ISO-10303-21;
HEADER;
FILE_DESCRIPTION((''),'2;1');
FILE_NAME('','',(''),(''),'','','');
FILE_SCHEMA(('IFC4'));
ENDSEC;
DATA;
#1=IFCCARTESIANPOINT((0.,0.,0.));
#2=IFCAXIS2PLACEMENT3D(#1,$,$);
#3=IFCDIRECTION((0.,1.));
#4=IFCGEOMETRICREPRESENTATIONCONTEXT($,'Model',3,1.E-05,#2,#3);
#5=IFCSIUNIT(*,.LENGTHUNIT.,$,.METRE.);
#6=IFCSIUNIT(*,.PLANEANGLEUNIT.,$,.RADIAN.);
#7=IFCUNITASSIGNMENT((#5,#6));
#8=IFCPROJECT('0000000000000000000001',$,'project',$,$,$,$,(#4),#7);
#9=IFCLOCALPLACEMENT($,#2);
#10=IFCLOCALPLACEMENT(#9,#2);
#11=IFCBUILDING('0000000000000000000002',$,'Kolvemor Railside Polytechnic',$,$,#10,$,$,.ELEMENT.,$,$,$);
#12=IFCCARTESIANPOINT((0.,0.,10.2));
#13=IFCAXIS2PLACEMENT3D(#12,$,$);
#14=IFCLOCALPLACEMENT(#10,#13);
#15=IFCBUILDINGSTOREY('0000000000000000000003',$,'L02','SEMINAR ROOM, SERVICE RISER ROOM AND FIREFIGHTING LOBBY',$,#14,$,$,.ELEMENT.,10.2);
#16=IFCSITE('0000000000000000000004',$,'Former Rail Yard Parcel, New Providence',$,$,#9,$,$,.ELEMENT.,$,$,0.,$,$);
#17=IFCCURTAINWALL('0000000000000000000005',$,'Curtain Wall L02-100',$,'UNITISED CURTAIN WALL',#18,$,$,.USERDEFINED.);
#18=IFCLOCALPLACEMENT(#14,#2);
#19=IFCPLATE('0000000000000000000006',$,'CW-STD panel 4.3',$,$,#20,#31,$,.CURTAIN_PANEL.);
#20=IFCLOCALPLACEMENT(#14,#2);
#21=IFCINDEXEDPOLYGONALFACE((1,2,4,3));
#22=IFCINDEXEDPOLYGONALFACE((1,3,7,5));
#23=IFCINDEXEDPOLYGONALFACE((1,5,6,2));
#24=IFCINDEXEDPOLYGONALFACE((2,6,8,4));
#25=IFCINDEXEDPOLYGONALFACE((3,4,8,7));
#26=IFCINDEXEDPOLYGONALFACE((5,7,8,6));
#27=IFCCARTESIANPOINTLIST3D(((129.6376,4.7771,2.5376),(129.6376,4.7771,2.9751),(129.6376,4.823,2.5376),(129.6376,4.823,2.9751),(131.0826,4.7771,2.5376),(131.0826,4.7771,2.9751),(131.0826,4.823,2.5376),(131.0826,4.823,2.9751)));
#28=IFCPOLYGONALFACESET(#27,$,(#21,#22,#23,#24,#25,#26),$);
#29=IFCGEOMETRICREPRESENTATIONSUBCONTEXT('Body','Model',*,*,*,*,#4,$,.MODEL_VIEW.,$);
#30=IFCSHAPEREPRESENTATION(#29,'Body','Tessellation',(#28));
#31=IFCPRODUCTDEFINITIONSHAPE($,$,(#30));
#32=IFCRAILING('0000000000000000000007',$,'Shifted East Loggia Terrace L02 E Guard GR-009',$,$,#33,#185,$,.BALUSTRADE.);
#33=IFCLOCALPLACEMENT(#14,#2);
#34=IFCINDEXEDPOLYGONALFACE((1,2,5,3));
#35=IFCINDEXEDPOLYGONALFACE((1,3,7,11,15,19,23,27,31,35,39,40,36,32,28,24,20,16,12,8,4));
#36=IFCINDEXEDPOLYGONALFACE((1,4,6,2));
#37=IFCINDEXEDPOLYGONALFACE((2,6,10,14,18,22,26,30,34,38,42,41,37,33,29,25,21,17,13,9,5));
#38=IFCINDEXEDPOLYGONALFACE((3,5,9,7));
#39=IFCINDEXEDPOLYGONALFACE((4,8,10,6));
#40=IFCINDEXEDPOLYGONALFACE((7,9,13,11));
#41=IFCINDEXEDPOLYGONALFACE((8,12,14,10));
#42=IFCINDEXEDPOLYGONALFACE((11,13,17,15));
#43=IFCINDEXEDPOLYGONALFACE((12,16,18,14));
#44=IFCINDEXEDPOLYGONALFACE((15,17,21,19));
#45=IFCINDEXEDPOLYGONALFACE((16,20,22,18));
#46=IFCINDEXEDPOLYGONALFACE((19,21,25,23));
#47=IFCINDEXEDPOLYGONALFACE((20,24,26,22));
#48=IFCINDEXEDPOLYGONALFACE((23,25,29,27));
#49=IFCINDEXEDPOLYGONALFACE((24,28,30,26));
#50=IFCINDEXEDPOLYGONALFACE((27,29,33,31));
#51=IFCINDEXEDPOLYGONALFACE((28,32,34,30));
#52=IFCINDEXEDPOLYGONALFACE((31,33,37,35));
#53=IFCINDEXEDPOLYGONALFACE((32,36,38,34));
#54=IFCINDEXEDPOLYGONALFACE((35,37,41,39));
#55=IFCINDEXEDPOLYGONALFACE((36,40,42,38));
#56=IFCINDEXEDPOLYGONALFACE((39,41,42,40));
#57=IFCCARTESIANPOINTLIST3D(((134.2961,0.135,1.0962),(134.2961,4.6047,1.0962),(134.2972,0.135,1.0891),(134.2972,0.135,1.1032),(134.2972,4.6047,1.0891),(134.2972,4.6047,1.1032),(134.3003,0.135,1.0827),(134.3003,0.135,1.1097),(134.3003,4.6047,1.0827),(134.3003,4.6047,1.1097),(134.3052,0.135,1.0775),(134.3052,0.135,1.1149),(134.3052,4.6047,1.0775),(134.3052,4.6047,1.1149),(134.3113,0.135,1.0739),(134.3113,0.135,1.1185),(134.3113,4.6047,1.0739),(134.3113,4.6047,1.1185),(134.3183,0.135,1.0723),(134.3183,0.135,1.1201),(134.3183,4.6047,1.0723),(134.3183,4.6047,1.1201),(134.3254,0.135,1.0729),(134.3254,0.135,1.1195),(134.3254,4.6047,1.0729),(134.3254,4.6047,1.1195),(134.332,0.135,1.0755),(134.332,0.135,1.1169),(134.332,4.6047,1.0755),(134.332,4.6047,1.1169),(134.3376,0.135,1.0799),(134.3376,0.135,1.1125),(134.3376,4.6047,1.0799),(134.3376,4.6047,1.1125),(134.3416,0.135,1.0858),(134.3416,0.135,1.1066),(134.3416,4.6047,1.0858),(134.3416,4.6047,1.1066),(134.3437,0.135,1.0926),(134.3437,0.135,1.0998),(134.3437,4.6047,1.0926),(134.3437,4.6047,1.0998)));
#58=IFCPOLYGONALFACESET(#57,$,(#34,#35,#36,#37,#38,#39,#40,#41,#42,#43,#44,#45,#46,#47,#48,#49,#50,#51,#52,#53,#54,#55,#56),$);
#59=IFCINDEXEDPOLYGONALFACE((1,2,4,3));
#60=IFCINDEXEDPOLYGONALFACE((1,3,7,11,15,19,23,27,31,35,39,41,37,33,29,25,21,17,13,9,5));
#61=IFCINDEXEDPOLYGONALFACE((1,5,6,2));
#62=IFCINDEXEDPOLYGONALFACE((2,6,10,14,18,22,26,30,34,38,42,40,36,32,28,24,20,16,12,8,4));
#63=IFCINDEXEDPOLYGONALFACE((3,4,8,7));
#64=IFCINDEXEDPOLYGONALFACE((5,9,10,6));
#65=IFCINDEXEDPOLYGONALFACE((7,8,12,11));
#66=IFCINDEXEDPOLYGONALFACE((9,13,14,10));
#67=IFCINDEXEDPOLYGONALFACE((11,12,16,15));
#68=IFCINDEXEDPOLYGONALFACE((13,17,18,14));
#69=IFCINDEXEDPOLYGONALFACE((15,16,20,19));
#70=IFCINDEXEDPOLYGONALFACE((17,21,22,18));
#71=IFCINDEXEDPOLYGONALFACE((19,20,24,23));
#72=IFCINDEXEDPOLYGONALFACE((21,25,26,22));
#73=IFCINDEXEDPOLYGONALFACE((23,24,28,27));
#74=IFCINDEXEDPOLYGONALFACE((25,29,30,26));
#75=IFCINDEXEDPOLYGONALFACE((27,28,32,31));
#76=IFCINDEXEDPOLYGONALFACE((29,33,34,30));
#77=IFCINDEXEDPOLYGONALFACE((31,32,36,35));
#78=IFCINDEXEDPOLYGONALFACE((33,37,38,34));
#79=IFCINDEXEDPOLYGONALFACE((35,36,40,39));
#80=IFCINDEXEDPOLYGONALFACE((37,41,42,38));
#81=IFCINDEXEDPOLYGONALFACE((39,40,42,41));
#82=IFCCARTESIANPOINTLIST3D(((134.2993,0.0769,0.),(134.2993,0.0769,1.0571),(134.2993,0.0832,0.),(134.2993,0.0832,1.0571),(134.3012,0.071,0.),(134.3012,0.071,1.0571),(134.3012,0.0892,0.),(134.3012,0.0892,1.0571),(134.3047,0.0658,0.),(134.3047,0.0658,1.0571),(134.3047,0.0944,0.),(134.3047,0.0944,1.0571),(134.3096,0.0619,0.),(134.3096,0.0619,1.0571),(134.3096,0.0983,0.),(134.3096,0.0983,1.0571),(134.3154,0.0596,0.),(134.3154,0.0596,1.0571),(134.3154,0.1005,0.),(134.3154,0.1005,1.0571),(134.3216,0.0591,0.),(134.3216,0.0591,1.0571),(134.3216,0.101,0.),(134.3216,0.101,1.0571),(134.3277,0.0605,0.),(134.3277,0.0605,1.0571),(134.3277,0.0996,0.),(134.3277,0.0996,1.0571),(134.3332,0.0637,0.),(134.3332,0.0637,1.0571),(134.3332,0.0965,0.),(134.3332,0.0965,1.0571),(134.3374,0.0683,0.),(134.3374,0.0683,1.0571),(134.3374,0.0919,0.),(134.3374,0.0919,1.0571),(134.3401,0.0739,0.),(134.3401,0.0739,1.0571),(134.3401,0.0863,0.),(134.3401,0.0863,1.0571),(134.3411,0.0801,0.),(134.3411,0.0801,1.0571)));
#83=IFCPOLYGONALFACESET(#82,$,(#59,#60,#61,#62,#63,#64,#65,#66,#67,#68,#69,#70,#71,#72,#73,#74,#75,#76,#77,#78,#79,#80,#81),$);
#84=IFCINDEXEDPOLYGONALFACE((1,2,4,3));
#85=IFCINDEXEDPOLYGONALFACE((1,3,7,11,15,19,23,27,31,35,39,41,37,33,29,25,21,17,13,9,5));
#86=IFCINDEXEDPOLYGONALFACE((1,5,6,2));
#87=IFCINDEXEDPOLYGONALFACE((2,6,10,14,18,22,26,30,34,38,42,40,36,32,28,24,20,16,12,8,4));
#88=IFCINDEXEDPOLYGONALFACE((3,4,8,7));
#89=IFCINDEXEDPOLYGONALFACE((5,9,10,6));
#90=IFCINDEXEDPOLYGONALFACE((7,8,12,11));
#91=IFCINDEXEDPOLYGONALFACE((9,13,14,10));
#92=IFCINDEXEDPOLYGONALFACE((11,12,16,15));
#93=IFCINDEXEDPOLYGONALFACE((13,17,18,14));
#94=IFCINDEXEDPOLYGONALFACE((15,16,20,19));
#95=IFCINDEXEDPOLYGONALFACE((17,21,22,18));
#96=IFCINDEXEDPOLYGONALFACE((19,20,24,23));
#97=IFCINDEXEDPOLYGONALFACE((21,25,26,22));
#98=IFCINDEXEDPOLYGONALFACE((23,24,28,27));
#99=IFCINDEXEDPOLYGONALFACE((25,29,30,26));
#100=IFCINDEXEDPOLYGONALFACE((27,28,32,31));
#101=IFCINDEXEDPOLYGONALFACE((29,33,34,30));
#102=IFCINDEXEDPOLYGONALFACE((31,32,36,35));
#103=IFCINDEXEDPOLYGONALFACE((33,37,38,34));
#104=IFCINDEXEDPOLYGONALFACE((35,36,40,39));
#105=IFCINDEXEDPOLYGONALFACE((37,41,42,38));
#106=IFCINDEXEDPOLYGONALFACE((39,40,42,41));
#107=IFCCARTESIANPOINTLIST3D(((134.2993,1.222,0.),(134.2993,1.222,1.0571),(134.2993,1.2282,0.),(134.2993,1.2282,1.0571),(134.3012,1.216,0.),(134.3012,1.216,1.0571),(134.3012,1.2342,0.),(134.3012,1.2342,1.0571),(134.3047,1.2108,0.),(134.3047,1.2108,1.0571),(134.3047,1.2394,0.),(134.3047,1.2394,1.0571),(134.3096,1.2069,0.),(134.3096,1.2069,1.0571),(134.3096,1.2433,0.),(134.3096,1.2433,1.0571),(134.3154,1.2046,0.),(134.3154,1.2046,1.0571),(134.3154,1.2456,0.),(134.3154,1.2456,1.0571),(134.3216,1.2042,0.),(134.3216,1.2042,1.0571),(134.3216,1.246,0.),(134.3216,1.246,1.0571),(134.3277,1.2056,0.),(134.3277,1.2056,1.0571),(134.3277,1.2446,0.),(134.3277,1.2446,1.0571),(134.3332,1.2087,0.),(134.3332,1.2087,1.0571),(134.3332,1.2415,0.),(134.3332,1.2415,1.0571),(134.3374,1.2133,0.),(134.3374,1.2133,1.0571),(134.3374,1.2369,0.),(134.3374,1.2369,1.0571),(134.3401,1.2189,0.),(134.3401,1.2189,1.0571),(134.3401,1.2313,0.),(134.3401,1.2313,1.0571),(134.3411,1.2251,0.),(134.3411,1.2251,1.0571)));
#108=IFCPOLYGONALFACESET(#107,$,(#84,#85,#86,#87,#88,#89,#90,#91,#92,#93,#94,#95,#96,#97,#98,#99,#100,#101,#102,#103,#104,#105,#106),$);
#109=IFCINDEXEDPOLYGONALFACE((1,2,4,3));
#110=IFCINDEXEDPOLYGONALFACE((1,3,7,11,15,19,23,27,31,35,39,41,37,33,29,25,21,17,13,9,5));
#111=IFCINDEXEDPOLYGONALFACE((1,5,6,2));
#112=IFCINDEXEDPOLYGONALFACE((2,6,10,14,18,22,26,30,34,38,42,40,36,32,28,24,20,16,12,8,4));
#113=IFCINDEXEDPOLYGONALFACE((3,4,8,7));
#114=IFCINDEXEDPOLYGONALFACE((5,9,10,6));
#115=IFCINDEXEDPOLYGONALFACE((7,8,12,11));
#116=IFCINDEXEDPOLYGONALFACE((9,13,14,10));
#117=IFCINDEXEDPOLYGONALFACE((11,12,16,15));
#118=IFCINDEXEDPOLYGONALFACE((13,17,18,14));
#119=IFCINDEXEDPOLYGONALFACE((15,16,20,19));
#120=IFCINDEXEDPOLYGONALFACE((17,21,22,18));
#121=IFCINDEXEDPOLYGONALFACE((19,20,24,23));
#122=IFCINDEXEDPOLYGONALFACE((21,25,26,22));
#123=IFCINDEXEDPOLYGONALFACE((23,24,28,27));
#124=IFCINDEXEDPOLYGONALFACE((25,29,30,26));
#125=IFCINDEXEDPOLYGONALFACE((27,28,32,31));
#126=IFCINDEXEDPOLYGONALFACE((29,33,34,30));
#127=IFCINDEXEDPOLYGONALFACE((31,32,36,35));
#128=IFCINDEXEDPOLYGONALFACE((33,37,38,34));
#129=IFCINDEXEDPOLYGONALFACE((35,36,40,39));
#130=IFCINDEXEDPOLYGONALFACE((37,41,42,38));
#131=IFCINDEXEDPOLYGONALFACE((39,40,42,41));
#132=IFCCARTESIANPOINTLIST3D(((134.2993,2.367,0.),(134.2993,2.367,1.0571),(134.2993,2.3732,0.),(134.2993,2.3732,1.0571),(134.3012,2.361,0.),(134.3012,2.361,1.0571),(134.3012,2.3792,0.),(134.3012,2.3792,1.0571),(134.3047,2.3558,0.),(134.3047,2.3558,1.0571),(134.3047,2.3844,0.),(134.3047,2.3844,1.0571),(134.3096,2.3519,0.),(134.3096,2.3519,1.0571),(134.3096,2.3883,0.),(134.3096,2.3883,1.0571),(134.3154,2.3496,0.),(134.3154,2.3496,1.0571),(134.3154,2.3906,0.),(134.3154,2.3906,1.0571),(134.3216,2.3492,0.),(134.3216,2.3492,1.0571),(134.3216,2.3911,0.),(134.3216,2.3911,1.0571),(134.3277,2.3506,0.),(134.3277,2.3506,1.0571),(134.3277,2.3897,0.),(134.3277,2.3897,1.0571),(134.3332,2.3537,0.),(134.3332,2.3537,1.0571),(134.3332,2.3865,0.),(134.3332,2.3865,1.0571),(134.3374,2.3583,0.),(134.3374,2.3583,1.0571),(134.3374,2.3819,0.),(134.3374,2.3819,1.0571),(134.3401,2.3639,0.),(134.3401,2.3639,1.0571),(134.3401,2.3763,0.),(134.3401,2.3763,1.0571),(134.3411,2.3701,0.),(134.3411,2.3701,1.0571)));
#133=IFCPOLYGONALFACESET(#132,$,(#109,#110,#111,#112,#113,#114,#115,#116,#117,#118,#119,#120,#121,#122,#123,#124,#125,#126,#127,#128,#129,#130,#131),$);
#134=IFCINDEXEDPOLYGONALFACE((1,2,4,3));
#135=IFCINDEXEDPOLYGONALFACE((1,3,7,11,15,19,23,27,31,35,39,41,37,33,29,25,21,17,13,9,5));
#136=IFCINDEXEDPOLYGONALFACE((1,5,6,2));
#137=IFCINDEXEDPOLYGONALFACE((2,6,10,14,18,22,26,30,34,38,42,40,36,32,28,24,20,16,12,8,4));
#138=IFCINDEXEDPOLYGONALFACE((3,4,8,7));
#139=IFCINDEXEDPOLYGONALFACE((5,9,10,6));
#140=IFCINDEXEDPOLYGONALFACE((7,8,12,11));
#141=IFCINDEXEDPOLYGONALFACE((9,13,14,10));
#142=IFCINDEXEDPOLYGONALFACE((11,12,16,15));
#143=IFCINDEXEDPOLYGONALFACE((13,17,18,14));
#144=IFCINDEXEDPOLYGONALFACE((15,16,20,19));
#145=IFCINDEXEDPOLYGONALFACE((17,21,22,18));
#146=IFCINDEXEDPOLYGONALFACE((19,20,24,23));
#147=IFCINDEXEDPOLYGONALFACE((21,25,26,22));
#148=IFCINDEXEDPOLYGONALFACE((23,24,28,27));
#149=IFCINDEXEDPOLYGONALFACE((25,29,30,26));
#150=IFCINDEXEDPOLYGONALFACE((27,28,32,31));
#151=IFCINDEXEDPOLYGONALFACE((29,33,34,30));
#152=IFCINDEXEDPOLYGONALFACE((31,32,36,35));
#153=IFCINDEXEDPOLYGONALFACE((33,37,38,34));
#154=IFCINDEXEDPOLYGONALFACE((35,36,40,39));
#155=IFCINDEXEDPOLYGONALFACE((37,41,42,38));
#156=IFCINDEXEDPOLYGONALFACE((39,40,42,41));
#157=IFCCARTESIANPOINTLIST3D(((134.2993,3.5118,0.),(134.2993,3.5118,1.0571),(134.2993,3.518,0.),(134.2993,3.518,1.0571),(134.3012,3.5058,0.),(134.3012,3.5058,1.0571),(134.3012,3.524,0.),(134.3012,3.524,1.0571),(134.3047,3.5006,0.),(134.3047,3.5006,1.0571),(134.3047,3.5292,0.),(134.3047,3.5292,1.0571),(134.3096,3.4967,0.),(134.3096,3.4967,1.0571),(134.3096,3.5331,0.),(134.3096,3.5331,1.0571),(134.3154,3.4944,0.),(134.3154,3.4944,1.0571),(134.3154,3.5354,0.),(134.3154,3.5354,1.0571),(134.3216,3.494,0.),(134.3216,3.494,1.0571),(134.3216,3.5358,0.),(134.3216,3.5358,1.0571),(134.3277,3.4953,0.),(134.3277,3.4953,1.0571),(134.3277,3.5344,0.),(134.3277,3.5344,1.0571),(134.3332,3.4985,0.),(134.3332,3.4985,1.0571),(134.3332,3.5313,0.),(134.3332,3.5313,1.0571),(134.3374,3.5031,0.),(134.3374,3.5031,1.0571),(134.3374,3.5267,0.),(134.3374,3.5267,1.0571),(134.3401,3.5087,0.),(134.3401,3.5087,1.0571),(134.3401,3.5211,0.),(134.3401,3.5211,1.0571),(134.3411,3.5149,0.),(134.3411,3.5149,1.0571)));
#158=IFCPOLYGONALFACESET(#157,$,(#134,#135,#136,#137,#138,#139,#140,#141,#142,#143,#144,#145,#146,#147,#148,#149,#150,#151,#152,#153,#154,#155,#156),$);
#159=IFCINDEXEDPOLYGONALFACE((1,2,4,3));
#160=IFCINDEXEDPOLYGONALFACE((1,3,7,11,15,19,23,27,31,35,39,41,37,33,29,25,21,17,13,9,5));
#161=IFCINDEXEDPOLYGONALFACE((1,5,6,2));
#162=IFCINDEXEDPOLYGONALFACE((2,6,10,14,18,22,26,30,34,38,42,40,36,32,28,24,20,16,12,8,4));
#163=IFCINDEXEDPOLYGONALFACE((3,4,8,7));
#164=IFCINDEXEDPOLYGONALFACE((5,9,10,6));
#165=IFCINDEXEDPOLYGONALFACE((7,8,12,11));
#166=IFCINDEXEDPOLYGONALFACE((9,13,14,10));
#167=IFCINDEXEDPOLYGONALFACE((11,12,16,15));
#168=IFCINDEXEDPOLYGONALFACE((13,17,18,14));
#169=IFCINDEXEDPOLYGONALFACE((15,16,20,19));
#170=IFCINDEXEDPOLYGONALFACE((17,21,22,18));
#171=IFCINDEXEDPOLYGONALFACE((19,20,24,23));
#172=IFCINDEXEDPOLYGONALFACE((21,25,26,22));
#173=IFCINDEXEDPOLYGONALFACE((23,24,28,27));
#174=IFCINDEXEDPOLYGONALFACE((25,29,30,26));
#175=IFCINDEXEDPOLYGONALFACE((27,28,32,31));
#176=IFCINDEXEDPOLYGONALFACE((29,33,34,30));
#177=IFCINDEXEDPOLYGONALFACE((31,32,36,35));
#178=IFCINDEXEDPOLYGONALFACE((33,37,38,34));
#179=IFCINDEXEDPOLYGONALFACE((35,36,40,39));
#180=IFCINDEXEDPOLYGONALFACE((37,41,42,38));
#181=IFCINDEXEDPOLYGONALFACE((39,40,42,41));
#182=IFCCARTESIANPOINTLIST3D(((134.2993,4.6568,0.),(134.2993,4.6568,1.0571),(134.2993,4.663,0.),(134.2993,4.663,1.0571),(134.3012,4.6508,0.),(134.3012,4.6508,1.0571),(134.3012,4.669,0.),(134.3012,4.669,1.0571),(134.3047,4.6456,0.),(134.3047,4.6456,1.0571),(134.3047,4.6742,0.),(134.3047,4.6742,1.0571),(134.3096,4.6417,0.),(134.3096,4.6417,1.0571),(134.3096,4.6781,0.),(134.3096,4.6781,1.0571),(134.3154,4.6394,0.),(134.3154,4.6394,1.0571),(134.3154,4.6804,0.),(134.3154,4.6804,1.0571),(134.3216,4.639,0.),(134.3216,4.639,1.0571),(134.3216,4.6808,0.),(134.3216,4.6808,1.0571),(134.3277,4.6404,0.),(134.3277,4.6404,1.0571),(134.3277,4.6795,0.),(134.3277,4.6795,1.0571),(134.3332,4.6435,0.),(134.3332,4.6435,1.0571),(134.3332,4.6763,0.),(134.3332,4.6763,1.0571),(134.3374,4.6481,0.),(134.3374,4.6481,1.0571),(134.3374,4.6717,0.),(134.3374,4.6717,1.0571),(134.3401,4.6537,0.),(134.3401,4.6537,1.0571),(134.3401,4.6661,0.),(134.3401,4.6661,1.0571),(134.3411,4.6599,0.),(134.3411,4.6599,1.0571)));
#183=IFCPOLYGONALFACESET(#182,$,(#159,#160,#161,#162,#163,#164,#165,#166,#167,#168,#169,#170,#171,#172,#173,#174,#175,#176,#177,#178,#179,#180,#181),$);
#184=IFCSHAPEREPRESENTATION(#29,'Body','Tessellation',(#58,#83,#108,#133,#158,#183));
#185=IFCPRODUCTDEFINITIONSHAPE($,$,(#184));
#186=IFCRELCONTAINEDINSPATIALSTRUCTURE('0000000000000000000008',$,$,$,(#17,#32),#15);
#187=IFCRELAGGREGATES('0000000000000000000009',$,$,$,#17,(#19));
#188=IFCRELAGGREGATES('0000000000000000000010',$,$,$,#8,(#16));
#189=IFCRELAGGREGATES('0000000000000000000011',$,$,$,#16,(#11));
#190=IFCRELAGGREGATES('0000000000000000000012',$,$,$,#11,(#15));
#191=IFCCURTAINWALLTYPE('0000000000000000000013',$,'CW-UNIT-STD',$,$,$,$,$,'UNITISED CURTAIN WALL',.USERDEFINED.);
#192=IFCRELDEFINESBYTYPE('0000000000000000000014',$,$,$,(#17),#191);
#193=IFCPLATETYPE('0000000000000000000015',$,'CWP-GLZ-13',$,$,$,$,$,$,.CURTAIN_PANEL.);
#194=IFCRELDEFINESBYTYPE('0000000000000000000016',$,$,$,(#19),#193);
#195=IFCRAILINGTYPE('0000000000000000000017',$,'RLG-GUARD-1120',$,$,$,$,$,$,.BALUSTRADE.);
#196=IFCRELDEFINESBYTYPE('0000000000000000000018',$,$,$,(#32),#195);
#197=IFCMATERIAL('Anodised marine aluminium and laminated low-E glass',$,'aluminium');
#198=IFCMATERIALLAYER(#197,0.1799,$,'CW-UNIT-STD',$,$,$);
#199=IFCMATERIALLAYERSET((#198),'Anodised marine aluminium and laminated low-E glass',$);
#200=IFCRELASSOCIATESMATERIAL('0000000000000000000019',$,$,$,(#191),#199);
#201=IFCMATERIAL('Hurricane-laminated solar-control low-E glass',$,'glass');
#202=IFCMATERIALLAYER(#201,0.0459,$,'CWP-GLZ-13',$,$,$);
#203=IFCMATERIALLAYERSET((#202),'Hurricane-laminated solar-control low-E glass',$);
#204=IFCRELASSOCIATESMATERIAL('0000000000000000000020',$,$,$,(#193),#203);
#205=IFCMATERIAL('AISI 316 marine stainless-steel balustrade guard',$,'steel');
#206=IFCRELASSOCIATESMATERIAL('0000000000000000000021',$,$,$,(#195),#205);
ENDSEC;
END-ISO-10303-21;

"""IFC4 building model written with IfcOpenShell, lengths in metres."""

from ifc_helpers import new_model, si_unit, direction, frame, origin, origin_2d, place, context, subcontext, project, spatial, rectangle, circle, extrude, material, layer, layer_set, type_object, element, aggregate, save


model = new_model("IFC4")

# Units and contexts
model_context = context("Model", 3, precision=1e-05, world=origin(), true_north=direction((0.0, 1.0)))
body_context = subcontext(model_context, "Body", "Model", "MODEL_VIEW")
ifc_project = project(units=[si_unit("LENGTHUNIT", "METRE"), si_unit("PLANEANGLEUNIT", "RADIAN")], contexts=[model_context])

# Site, building, storey
site_placement = place(None, origin())
site = spatial("IfcSite", under=ifc_project, at=site_placement, Name="Former Rail Yard Parcel, New Providence", CompositionType="ELEMENT", RefElevation=0.0)
building_placement = place(site_placement, origin())
building = spatial("IfcBuilding", under=site, at=building_placement, Name="Kolvemor Railside Polytechnic", CompositionType="ELEMENT")
storey_placement = place(building_placement, frame((0.0, 0.0, 10.2)))
storey = spatial("IfcBuildingStorey", under=building, at=storey_placement, Name="L02", Description="SEMINAR ROOM, SERVICE RISER ROOM AND FIREFIGHTING LOBBY", CompositionType="ELEMENT", Elevation=10.2)

# Curtain wall, plate
ifc_material_1 = material(Name="Anodised marine aluminium and laminated low-E glass", Category="aluminium")
ifc_layer_1 = layer(ifc_material_1, 0.1799, Name="CW-UNIT-STD")
ifc_layer_set_1 = layer_set([ifc_layer_1], Name="Anodised marine aluminium and laminated low-E glass")
curtain_wall_type = type_object("IfcCurtainWallType", Name="CW-UNIT-STD", ElementType="UNITISED CURTAIN WALL", PredefinedType="USERDEFINED", material=ifc_layer_set_1)
curtain_wall_placement = place(storey_placement, origin())
curtain_wall = element("IfcCurtainWall", 1, at=curtain_wall_placement, inside=storey, type_object=curtain_wall_type, Name="Curtain Wall L02-100", ObjectType="UNITISED CURTAIN WALL", PredefinedType="USERDEFINED")
ifc_material_2 = material(Name="Hurricane-laminated solar-control low-E glass", Category="glass")
ifc_layer_2 = layer(ifc_material_2, 0.0459, Name="CWP-GLZ-13")
ifc_layer_set_2 = layer_set([ifc_layer_2], Name="Hurricane-laminated solar-control low-E glass")
plate_type = type_object("IfcPlateType", Name="CWP-GLZ-13", PredefinedType="CURTAIN_PANEL", material=ifc_layer_set_2)
plate_1_placement = place(storey_placement, frame((130.3601, 4.8, 2.5376), z_axis=(0.0, 0.0, 1.0), x_axis=(1.0, 0.0, 0.0)))
plate_1 = element("IfcPlate", 2, at=plate_1_placement, type_object=plate_type, Name="CW-STD panel 4.3", PredefinedType="CURTAIN_PANEL", context=body_context, shape_type="SweptSolid", body=[
    extrude(rectangle(XDim=1.4451, YDim=0.0459, at=origin_2d()), origin(), (0.0, 0.0, 1.0), 0.4375),
])
aggregate(curtain_wall, [plate_1])

# Railing
ifc_material_3 = material(Name="AISI 316 marine stainless-steel balustrade guard", Category="steel")
railing_type = type_object("IfcRailingType", Name="RLG-GUARD-1120", PredefinedType="BALUSTRADE", material=ifc_material_3)
railing_placement = place(storey_placement, frame((134.3201, 0.0801, 0.0)))
element("IfcRailing", 3, at=railing_placement, inside=storey, type_object=railing_type, Name="Shifted East Loggia Terrace L02 E Guard GR-009", PredefinedType="BALUSTRADE", context=body_context, shape_type="SweptSolid", body=[
    extrude(circle(Radius=0.0239, at=origin_2d()), frame((0.0, 0.0549, 1.0962), z_axis=(0.0, 1.0, 0.0), x_axis=(-1.0, 0.0, 0.0)), (0.0, 0.0, 1.0), 4.4697),
    extrude(circle(Radius=0.021, at=origin_2d()), origin(), (0.0, 0.0, 1.0), 1.0571),
    extrude(circle(Radius=0.021, at=origin_2d()), frame((0.0, 1.145, 0.0)), (0.0, 0.0, 1.0), 1.0571),
    extrude(circle(Radius=0.021, at=origin_2d()), frame((0.0, 2.29, 0.0)), (0.0, 0.0, 1.0), 1.0571),
    extrude(circle(Radius=0.021, at=origin_2d()), frame((0.0, 3.4348, 0.0)), (0.0, 0.0, 1.0), 1.0571),
    extrude(circle(Radius=0.021, at=origin_2d()), frame((0.0, 4.5798, 0.0)), (0.0, 0.0, 1.0), 1.0571),
])

save(model, "model.ifc")
